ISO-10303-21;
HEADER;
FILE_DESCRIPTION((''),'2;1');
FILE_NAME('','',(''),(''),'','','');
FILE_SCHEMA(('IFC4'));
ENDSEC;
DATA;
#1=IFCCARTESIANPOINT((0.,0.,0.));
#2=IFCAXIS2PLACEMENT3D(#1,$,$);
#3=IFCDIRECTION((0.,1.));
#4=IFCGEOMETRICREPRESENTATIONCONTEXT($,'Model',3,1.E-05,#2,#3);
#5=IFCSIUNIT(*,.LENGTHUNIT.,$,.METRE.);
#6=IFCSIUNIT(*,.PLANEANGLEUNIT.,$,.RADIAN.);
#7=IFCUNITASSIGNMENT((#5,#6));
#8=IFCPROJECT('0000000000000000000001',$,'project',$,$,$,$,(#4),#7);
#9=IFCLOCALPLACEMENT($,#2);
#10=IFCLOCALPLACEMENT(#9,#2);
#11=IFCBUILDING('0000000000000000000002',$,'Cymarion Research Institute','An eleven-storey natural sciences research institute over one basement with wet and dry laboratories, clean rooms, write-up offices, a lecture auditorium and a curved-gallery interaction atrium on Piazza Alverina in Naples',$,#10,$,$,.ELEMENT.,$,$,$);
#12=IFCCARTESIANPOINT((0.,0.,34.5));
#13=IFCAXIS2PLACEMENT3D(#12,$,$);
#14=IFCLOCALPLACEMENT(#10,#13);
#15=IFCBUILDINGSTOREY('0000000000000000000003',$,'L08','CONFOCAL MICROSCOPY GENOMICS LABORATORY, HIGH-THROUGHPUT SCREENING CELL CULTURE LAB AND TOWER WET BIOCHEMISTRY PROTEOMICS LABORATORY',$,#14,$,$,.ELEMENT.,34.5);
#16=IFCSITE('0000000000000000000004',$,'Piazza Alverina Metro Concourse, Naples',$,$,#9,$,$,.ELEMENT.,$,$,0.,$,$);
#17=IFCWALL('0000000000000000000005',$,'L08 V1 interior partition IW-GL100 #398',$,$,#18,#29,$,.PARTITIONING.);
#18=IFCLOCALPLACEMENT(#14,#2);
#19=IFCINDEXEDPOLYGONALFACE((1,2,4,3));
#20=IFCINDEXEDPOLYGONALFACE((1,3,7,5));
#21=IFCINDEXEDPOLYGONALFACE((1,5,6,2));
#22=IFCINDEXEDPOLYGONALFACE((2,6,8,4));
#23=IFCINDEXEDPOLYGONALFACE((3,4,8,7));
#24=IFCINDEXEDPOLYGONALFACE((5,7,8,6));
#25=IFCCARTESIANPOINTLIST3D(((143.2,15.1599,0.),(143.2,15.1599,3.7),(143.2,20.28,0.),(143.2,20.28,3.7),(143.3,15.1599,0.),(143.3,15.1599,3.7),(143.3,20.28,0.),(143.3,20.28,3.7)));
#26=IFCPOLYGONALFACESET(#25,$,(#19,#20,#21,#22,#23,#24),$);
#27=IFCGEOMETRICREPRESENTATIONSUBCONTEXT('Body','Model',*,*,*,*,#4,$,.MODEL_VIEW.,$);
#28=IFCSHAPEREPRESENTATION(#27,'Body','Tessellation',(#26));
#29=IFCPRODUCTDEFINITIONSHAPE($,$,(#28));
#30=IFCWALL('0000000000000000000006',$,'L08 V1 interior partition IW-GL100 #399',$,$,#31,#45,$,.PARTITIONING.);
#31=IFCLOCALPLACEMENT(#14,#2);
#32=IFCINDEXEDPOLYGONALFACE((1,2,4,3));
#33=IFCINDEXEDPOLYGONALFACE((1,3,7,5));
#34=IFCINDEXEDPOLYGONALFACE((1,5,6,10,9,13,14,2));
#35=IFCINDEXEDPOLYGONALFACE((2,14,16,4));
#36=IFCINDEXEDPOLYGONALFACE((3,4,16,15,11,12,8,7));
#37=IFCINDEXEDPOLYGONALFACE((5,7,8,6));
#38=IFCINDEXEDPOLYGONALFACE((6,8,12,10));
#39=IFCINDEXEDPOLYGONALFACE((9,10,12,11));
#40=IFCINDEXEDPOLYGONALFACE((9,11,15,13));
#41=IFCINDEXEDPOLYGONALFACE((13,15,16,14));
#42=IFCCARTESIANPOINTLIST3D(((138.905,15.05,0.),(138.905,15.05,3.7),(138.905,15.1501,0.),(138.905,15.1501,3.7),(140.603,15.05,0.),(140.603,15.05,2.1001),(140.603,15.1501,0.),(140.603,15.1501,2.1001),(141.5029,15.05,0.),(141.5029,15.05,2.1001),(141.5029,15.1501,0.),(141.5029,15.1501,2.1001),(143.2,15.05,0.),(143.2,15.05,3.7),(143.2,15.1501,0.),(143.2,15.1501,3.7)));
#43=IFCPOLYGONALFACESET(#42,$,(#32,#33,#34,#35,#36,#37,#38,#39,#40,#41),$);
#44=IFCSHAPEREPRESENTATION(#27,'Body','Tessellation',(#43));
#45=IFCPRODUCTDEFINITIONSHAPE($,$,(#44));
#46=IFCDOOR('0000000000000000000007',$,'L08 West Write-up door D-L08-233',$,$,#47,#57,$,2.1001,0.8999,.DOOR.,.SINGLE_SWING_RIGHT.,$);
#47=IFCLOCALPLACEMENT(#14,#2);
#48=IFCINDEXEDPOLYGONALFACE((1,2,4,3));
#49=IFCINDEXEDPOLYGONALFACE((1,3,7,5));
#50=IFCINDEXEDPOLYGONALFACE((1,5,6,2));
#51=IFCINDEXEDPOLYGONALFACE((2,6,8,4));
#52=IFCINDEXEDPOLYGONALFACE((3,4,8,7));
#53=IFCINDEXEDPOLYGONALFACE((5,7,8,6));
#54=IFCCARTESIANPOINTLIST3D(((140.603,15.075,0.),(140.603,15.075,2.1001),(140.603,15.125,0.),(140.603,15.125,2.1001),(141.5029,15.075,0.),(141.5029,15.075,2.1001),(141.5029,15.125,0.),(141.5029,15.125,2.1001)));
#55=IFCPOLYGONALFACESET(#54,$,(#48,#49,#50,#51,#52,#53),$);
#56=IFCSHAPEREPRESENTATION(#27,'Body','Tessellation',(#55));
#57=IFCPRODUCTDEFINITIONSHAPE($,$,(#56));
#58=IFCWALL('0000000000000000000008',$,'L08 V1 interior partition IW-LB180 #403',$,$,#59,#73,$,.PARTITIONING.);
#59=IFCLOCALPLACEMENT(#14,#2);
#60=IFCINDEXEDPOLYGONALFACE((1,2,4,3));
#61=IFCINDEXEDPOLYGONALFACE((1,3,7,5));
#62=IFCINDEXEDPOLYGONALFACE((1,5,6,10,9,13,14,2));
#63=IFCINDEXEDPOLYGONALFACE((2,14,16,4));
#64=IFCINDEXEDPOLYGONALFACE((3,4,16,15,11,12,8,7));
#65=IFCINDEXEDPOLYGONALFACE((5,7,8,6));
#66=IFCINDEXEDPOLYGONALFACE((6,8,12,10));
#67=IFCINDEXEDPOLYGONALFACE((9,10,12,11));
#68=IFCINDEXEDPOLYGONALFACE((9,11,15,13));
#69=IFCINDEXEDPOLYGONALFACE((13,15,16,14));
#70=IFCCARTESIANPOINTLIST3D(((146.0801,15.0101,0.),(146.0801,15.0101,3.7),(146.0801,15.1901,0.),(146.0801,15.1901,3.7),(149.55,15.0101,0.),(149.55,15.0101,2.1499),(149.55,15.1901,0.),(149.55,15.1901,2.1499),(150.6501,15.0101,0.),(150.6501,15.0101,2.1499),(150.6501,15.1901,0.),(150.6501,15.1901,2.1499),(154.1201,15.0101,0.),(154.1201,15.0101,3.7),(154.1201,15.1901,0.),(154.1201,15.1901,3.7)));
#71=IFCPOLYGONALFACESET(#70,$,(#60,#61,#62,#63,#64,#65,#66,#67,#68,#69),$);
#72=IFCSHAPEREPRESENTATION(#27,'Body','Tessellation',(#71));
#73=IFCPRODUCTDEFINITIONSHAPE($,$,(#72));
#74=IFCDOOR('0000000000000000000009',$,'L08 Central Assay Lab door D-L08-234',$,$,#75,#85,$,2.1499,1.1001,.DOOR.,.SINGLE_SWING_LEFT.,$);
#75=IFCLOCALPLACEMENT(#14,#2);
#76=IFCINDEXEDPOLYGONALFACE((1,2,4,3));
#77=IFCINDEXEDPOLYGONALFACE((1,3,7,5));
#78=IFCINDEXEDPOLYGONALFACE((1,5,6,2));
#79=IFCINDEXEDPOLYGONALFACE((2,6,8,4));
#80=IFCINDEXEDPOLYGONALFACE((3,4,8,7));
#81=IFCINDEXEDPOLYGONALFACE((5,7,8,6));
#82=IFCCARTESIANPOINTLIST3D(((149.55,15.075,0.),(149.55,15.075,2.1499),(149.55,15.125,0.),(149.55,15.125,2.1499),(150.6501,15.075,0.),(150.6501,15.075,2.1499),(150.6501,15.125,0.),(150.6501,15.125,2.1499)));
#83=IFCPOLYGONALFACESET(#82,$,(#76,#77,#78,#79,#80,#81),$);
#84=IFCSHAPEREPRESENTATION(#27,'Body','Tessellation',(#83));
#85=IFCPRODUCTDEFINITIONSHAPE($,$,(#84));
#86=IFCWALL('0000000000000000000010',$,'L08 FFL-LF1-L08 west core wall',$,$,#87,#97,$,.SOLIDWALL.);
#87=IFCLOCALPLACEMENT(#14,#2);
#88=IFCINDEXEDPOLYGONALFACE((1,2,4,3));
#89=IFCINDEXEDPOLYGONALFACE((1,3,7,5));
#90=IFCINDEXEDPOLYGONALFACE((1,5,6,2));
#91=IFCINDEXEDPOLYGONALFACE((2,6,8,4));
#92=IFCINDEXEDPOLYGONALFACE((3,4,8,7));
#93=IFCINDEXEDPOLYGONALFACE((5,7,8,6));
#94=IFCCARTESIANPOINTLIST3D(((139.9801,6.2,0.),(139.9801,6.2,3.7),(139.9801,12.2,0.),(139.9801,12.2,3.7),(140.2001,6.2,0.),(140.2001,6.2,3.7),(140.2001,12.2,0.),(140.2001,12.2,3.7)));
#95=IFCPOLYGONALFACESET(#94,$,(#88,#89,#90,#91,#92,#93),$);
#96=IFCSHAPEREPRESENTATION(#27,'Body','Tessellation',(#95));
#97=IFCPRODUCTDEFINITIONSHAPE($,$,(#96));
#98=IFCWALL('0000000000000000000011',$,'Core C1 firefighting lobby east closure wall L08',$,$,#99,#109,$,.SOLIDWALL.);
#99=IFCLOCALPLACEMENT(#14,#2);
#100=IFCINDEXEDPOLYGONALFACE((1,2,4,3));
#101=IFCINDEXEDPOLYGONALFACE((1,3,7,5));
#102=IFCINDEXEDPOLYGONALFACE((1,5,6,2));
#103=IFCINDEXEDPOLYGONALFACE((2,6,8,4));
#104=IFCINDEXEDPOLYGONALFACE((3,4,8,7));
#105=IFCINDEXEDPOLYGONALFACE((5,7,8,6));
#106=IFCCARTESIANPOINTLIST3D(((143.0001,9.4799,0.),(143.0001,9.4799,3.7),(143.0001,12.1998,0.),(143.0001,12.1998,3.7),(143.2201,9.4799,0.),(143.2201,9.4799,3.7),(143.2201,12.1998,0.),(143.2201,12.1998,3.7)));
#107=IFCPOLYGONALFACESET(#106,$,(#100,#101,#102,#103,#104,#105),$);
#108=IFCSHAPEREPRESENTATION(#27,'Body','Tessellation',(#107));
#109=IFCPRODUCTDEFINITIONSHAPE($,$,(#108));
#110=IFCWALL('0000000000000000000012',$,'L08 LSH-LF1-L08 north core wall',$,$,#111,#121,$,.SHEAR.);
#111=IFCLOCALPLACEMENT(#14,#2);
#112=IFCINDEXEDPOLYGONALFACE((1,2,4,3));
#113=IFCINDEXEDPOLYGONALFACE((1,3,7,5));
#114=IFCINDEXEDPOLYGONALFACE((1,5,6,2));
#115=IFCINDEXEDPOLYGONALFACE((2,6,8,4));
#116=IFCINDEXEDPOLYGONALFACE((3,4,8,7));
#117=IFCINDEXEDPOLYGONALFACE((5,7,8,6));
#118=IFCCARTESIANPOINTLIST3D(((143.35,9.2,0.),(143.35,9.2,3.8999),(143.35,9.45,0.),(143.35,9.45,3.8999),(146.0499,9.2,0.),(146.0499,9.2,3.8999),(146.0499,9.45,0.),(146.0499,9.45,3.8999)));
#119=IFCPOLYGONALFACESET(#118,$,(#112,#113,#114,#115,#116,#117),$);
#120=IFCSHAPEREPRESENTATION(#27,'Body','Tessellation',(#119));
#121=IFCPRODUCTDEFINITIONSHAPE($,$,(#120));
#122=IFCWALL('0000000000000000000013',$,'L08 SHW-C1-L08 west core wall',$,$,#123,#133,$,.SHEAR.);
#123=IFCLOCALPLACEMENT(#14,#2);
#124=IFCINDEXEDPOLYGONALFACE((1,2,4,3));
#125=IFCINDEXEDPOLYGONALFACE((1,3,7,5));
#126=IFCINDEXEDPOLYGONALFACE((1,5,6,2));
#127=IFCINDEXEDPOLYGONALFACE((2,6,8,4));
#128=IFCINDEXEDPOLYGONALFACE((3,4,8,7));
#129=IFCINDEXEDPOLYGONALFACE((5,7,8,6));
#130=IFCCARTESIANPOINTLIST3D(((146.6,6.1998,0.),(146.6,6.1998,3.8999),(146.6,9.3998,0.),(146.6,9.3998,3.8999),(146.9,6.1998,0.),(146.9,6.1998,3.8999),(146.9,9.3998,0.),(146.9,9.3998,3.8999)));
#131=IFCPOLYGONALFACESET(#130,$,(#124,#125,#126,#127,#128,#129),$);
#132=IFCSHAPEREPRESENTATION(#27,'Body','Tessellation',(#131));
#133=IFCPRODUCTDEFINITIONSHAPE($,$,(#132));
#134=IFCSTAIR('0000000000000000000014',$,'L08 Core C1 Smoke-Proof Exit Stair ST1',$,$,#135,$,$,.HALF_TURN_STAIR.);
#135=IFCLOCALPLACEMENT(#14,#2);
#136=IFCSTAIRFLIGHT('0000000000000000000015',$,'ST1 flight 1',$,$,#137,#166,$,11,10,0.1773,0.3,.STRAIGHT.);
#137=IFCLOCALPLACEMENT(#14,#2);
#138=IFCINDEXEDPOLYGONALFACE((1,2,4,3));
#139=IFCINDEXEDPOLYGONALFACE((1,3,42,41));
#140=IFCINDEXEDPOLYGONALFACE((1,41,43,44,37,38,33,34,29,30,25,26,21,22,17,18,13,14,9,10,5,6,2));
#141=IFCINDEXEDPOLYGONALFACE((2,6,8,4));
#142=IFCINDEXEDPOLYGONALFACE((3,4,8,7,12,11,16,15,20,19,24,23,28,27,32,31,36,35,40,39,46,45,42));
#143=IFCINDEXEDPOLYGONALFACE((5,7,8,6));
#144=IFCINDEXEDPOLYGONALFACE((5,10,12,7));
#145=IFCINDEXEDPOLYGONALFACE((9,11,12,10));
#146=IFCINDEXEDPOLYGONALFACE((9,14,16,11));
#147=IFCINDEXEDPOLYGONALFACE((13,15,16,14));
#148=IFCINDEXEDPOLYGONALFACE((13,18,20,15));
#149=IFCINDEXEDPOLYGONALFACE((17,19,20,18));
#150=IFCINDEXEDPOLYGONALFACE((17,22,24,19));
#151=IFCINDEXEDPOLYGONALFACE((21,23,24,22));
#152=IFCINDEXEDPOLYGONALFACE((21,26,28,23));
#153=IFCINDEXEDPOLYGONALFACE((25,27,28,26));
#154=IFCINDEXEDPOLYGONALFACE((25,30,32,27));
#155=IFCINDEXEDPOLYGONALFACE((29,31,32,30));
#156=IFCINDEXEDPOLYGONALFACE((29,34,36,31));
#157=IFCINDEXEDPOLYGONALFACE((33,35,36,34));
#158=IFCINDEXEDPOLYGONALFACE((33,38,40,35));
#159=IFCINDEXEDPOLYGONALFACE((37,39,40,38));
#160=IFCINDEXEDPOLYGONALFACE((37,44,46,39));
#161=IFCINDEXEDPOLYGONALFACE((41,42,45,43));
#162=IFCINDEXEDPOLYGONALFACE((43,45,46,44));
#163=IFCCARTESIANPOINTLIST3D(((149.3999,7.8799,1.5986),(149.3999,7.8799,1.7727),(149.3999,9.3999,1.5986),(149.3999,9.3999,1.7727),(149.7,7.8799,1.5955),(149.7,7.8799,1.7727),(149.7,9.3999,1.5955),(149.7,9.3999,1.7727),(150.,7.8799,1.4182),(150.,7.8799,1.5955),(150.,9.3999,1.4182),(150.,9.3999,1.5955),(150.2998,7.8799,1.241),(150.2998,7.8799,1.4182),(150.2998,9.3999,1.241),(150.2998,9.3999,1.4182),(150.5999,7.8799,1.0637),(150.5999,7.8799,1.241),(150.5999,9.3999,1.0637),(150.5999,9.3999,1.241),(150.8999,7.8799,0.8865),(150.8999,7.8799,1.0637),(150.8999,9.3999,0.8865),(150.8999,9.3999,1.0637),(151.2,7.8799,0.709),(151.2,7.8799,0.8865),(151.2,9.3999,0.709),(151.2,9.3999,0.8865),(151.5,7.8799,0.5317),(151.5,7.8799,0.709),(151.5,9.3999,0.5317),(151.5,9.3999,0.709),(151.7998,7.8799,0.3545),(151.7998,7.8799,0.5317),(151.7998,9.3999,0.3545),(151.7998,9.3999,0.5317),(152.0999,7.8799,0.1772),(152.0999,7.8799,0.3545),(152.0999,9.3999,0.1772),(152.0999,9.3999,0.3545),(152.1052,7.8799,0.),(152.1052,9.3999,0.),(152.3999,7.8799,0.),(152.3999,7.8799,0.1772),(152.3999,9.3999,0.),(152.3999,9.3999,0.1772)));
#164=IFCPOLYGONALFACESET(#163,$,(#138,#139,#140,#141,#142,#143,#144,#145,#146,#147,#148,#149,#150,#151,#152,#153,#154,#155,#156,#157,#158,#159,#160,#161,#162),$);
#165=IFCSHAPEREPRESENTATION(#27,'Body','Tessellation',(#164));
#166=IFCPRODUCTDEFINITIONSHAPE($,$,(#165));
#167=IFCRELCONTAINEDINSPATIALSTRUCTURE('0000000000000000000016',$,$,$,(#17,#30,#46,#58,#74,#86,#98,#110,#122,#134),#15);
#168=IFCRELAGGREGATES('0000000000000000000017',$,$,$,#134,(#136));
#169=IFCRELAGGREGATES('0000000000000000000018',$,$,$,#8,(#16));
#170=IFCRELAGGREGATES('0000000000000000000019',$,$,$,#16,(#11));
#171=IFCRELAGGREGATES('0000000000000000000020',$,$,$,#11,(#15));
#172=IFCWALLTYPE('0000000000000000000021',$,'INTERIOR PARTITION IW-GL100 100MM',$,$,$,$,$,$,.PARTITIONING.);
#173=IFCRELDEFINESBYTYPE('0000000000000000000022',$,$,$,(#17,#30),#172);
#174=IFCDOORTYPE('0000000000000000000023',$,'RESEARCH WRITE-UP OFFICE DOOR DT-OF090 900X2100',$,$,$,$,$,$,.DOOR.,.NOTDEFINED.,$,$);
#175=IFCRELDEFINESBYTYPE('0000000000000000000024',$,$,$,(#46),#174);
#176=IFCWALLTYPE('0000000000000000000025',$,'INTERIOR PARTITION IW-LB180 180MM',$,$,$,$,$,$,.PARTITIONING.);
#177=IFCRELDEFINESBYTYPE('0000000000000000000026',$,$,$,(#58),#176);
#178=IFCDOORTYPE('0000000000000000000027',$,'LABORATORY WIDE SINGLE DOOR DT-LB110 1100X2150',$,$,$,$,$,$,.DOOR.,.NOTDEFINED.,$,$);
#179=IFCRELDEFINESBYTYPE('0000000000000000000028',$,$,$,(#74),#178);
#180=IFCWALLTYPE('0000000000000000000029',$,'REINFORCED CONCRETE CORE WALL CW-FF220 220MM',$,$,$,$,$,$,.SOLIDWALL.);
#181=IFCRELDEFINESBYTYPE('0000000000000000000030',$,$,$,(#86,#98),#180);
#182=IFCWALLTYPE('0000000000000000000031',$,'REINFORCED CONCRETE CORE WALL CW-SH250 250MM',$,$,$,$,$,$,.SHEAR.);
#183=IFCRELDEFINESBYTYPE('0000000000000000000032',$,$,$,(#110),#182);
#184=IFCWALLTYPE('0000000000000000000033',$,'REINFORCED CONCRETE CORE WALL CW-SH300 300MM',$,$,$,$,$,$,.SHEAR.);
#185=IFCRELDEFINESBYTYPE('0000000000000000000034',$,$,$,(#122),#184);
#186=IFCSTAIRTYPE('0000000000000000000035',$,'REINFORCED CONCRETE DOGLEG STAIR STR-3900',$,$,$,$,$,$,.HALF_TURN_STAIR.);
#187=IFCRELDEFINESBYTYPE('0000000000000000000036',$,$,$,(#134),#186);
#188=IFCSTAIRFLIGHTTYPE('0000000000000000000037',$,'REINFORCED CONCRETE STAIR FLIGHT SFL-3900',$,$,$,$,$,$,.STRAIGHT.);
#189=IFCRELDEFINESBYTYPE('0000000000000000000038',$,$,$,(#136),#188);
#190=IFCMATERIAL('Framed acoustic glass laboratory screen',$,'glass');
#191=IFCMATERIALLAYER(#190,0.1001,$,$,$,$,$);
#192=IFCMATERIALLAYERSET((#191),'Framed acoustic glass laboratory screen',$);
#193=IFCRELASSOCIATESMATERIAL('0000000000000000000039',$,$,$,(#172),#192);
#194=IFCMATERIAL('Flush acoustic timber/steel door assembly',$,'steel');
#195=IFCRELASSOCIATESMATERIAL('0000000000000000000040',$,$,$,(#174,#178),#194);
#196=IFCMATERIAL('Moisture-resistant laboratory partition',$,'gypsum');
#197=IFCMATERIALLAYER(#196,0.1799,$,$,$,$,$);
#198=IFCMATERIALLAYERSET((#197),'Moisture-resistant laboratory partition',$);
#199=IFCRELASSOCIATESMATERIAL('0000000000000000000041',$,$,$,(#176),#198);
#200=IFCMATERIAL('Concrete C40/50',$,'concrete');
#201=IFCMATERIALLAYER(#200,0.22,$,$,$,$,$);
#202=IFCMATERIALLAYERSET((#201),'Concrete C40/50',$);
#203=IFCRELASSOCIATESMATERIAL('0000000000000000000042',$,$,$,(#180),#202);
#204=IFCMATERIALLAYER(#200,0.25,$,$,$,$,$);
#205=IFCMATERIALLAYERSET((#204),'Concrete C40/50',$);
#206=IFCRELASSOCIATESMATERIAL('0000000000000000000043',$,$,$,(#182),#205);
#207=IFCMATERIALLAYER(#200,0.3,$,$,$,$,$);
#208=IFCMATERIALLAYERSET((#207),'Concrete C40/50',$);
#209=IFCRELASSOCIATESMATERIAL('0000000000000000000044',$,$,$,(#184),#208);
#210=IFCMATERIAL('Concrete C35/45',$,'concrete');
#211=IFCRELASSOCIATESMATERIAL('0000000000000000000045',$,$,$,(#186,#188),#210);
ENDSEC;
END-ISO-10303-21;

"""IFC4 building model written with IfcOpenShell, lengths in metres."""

from ifc_helpers import new_model, si_unit, direction, frame, frame_2d, origin, place, context, subcontext, project, spatial, polyline, rectangle, outline, extrude, material, layer, layer_set, type_object, element, fill, aggregate, save


model = new_model("IFC4")

# Units and contexts
model_context = context("Model", 3, precision=1e-05, world=origin(), true_north=direction((0.0, 1.0)))
body_context = subcontext(model_context, "Body", "Model", "MODEL_VIEW")
ifc_project = project(units=[si_unit("LENGTHUNIT", "METRE"), si_unit("PLANEANGLEUNIT", "RADIAN")], contexts=[model_context])

# Site, building, storey
site_placement = place(None, origin())
site = spatial("IfcSite", under=ifc_project, at=site_placement, Name="Piazza Alverina Metro Concourse, Naples", CompositionType="ELEMENT", RefElevation=0.0)
building_placement = place(site_placement, origin())
building = spatial("IfcBuilding", under=site, at=building_placement, Name="Cymarion Research Institute", Description="An eleven-storey natural sciences research institute over one basement with wet and dry laboratories, clean rooms, write-up offices, a lecture auditorium and a curved-gallery interaction atrium on Piazza Alverina in Naples", CompositionType="ELEMENT")
storey_placement = place(building_placement, frame((0.0, 0.0, 34.5)))
storey = spatial("IfcBuildingStorey", under=building, at=storey_placement, Name="L08", Description="CONFOCAL MICROSCOPY GENOMICS LABORATORY, HIGH-THROUGHPUT SCREENING CELL CULTURE LAB AND TOWER WET BIOCHEMISTRY PROTEOMICS LABORATORY", CompositionType="ELEMENT", Elevation=34.5)

# Wall
ifc_material_1 = material(Name="Framed acoustic glass laboratory screen", Category="glass")
ifc_layer_1 = layer(ifc_material_1, 0.1001)
ifc_layer_set_1 = layer_set([ifc_layer_1], Name="Framed acoustic glass laboratory screen")
wall_type_1 = type_object("IfcWallType", Name="INTERIOR PARTITION IW-GL100 100MM", PredefinedType="PARTITIONING", material=ifc_layer_set_1)
wall_1_placement = place(storey_placement, frame((143.25, 15.1599, 0.0), z_axis=(0.0, 0.0, 1.0), x_axis=(0.0, 1.0, 0.0)))
element("IfcWall", 1, at=wall_1_placement, inside=storey, type_object=wall_type_1, Name="L08 V1 interior partition IW-GL100 #398", PredefinedType="PARTITIONING", context=body_context, shape_type="SweptSolid", body=[
    extrude(rectangle(XDim=5.1201, YDim=0.1001, at=frame_2d((2.5601, 0.0))), origin(), (0.0, 0.0, 1.0), 3.7),
])

# Walls, openings, doors
wall_2_placement = place(storey_placement, frame((138.905, 15.1001, 0.0), z_axis=(0.0, 0.0, 1.0), x_axis=(1.0, 0.0, 0.0)))
wall_2 = element("IfcWall", 2, at=wall_2_placement, inside=storey, type_object=wall_type_1, Name="L08 V1 interior partition IW-GL100 #399", PredefinedType="PARTITIONING", context=body_context, shape_type="SweptSolid", body=[
    extrude(rectangle(XDim=4.2949, YDim=0.1001, at=frame_2d((2.1475, 0.0))), origin(), (0.0, 0.0, 1.0), 3.7),
])
opening_1_placement = place(wall_2_placement, frame((1.698, 0.0, 0.0)))
opening_1 = element("IfcOpeningElement", 3, at=opening_1_placement, cuts=wall_2, PredefinedType="OPENING", context=body_context, shape_type="SweptSolid", body=[
    extrude(rectangle(XDim=0.8999, YDim=2.1001, at=frame_2d((0.45, 1.05))), frame((0.0, 0.0601, 0.0), z_axis=(0.0, -1.0, 0.0), x_axis=(1.0, 0.0, 0.0)), (0.0, 0.0, 1.0), 0.1201),
])
ifc_material_2 = material(Name="Flush acoustic timber/steel door assembly", Category="steel")
door_type_1 = type_object("IfcDoorType", Name="RESEARCH WRITE-UP OFFICE DOOR DT-OF090 900X2100", OperationType="NOTDEFINED", PredefinedType="DOOR", material=ifc_material_2)
door_1_placement = place(opening_1_placement, origin())
door_1 = element("IfcDoor", 4, at=door_1_placement, inside=storey, type_object=door_type_1, Name="L08 West Write-up door D-L08-233", OperationType="SINGLE_SWING_RIGHT", OverallHeight=2.1001, OverallWidth=0.8999, PredefinedType="DOOR", context=body_context, shape_type="SweptSolid", body=[
    extrude(rectangle(XDim=0.8999, YDim=2.1001, at=frame_2d((0.45, 1.05))), frame((0.0, 0.0249, 0.0), z_axis=(0.0, -1.0, 0.0), x_axis=(1.0, 0.0, 0.0)), (0.0, 0.0, 1.0), 0.05),
])
fill(opening_1, door_1)
ifc_material_3 = material(Name="Moisture-resistant laboratory partition", Category="gypsum")
ifc_layer_2 = layer(ifc_material_3, 0.1799)
ifc_layer_set_2 = layer_set([ifc_layer_2], Name="Moisture-resistant laboratory partition")
wall_type_2 = type_object("IfcWallType", Name="INTERIOR PARTITION IW-LB180 180MM", PredefinedType="PARTITIONING", material=ifc_layer_set_2)
wall_3_placement = place(storey_placement, frame((146.0801, 15.1001, 0.0), z_axis=(0.0, 0.0, 1.0), x_axis=(1.0, 0.0, 0.0)))
wall_3 = element("IfcWall", 5, at=wall_3_placement, inside=storey, type_object=wall_type_2, Name="L08 V1 interior partition IW-LB180 #403", PredefinedType="PARTITIONING", context=body_context, shape_type="SweptSolid", body=[
    extrude(rectangle(XDim=8.04, YDim=0.1799, at=frame_2d((4.02, 0.0))), origin(), (0.0, 0.0, 1.0), 3.7),
])
opening_2_placement = place(wall_3_placement, frame((3.47, 0.0, 0.0)))
opening_2 = element("IfcOpeningElement", 6, at=opening_2_placement, cuts=wall_3, PredefinedType="OPENING", context=body_context, shape_type="SweptSolid", body=[
    extrude(rectangle(XDim=1.1001, YDim=2.1499, at=frame_2d((0.55, 1.075))), frame((0.0, 0.0999, 0.0), z_axis=(0.0, -1.0, 0.0), x_axis=(1.0, 0.0, 0.0)), (0.0, 0.0, 1.0), 0.2),
])
door_type_2 = type_object("IfcDoorType", Name="LABORATORY WIDE SINGLE DOOR DT-LB110 1100X2150", OperationType="NOTDEFINED", PredefinedType="DOOR", material=ifc_material_2)
door_2_placement = place(opening_2_placement, origin())
door_2 = element("IfcDoor", 7, at=door_2_placement, inside=storey, type_object=door_type_2, Name="L08 Central Assay Lab door D-L08-234", OperationType="SINGLE_SWING_LEFT", OverallHeight=2.1499, OverallWidth=1.1001, PredefinedType="DOOR", context=body_context, shape_type="SweptSolid", body=[
    extrude(rectangle(XDim=1.1001, YDim=2.1499, at=frame_2d((0.55, 1.075))), frame((0.0, 0.0249, 0.0), z_axis=(0.0, -1.0, 0.0), x_axis=(1.0, 0.0, 0.0)), (0.0, 0.0, 1.0), 0.05),
])
fill(opening_2, door_2)
ifc_material_4 = material(Name="Concrete C40/50", Category="concrete")
ifc_layer_3 = layer(ifc_material_4, 0.22)
ifc_layer_set_3 = layer_set([ifc_layer_3], Name="Concrete C40/50")
wall_type_3 = type_object("IfcWallType", Name="REINFORCED CONCRETE CORE WALL CW-FF220 220MM", PredefinedType="SOLIDWALL", material=ifc_layer_set_3)

# Walls
wall_4_placement = place(storey_placement, frame((140.0901, 12.2, 0.0), z_axis=(0.0, 0.0, 1.0), x_axis=(0.0, -1.0, 0.0)))
element("IfcWall", 8, at=wall_4_placement, inside=storey, type_object=wall_type_3, Name="L08 FFL-LF1-L08 west core wall", PredefinedType="SOLIDWALL", context=body_context, shape_type="SweptSolid", body=[
    extrude(rectangle(XDim=6.0, YDim=0.22, at=frame_2d((3.0, 0.0))), origin(), (0.0, 0.0, 1.0), 3.7),
])
wall_5_placement = place(storey_placement, frame((143.1101, 9.48, 0.0), z_axis=(0.0, 0.0, 1.0), x_axis=(0.0, 1.0, 0.0)))
element("IfcWall", 9, at=wall_5_placement, inside=storey, type_object=wall_type_3, Name="Core C1 firefighting lobby east closure wall L08", PredefinedType="SOLIDWALL", context=body_context, shape_type="SweptSolid", body=[
    extrude(rectangle(XDim=2.72, YDim=0.22, at=frame_2d((1.3599, 0.0))), origin(), (0.0, 0.0, 1.0), 3.7),
])
ifc_layer_4 = layer(ifc_material_4, 0.25)
ifc_layer_set_4 = layer_set([ifc_layer_4], Name="Concrete C40/50")
wall_type_4 = type_object("IfcWallType", Name="REINFORCED CONCRETE CORE WALL CW-SH250 250MM", PredefinedType="SHEAR", material=ifc_layer_set_4)
wall_6_placement = place(storey_placement, frame((146.05, 9.325, 0.0), z_axis=(0.0, 0.0, 1.0), x_axis=(-1.0, 0.0, 0.0)))
element("IfcWall", 10, at=wall_6_placement, inside=storey, type_object=wall_type_4, Name="L08 LSH-LF1-L08 north core wall", PredefinedType="SHEAR", context=body_context, shape_type="SweptSolid", body=[
    extrude(rectangle(XDim=2.7, YDim=0.25, at=frame_2d((1.3501, 0.0))), origin(), (0.0, 0.0, 1.0), 3.8999),
])

# Wall
ifc_layer_5 = layer(ifc_material_4, 0.3)
ifc_layer_set_5 = layer_set([ifc_layer_5], Name="Concrete C40/50")
wall_type_5 = type_object("IfcWallType", Name="REINFORCED CONCRETE CORE WALL CW-SH300 300MM", PredefinedType="SHEAR", material=ifc_layer_set_5)
wall_7_placement = place(storey_placement, frame((146.75, 9.3999, 0.0), z_axis=(0.0, 0.0, 1.0), x_axis=(0.0, -1.0, 0.0)))
element("IfcWall", 11, at=wall_7_placement, inside=storey, type_object=wall_type_5, Name="L08 SHW-C1-L08 west core wall", PredefinedType="SHEAR", context=body_context, shape_type="SweptSolid", body=[
    extrude(rectangle(XDim=3.2, YDim=0.3, at=frame_2d((1.6001, 0.0))), origin(), (0.0, 0.0, 1.0), 3.8999),
])

# Stair, stair flight
ifc_material_5 = material(Name="Concrete C35/45", Category="concrete")
stair_type = type_object("IfcStairType", Name="REINFORCED CONCRETE DOGLEG STAIR STR-3900", PredefinedType="HALF_TURN_STAIR", material=ifc_material_5)
stair_placement = place(storey_placement, origin())
stair = element("IfcStair", 12, at=stair_placement, inside=storey, type_object=stair_type, Name="L08 Core C1 Smoke-Proof Exit Stair ST1", PredefinedType="HALF_TURN_STAIR")
stair_flight_type = type_object("IfcStairFlightType", Name="REINFORCED CONCRETE STAIR FLIGHT SFL-3900", PredefinedType="STRAIGHT", material=ifc_material_5)
stair_flight_placement = place(storey_placement, frame((152.3999, 8.6399, 0.0), z_axis=(0.0, 0.0, 1.0), x_axis=(-1.0, 0.0, 0.0)))
stair_flight = element("IfcStairFlight", 13, at=stair_flight_placement, type_object=stair_flight_type, Name="ST1 flight 1", NumberOfRisers=11, NumberOfTreads=10, PredefinedType="STRAIGHT", RiserHeight=0.1773, TreadLength=0.3, context=body_context, shape_type="SweptSolid", body=[
    extrude(outline(polyline([(0.0, 0.0), (0.0, 0.1772), (0.3, 0.1772), (0.3, 0.3545), (0.6001, 0.3545), (0.6001, 0.5317), (0.8999, 0.5317), (0.8999, 0.709), (1.2, 0.709), (1.2, 0.8865), (1.5, 0.8865), (1.5, 1.0637), (1.8, 1.0637), (1.8, 1.241), (2.1001, 1.241), (2.1001, 1.4182), (2.3999, 1.4182), (2.3999, 1.5955), (2.7, 1.5955), (2.7, 1.7727), (3.0, 1.7727), (3.0, 1.95), (3.0, 1.5986), (0.2947, 0.0), (0.0, 0.0)])), frame((0.0, 0.76, 0.0), z_axis=(0.0, -1.0, 0.0), x_axis=(1.0, 0.0, 0.0)), (0.0, 0.0, 1.0), 1.52),
])
aggregate(stair, [stair_flight])

save(model, "model.ifc")
